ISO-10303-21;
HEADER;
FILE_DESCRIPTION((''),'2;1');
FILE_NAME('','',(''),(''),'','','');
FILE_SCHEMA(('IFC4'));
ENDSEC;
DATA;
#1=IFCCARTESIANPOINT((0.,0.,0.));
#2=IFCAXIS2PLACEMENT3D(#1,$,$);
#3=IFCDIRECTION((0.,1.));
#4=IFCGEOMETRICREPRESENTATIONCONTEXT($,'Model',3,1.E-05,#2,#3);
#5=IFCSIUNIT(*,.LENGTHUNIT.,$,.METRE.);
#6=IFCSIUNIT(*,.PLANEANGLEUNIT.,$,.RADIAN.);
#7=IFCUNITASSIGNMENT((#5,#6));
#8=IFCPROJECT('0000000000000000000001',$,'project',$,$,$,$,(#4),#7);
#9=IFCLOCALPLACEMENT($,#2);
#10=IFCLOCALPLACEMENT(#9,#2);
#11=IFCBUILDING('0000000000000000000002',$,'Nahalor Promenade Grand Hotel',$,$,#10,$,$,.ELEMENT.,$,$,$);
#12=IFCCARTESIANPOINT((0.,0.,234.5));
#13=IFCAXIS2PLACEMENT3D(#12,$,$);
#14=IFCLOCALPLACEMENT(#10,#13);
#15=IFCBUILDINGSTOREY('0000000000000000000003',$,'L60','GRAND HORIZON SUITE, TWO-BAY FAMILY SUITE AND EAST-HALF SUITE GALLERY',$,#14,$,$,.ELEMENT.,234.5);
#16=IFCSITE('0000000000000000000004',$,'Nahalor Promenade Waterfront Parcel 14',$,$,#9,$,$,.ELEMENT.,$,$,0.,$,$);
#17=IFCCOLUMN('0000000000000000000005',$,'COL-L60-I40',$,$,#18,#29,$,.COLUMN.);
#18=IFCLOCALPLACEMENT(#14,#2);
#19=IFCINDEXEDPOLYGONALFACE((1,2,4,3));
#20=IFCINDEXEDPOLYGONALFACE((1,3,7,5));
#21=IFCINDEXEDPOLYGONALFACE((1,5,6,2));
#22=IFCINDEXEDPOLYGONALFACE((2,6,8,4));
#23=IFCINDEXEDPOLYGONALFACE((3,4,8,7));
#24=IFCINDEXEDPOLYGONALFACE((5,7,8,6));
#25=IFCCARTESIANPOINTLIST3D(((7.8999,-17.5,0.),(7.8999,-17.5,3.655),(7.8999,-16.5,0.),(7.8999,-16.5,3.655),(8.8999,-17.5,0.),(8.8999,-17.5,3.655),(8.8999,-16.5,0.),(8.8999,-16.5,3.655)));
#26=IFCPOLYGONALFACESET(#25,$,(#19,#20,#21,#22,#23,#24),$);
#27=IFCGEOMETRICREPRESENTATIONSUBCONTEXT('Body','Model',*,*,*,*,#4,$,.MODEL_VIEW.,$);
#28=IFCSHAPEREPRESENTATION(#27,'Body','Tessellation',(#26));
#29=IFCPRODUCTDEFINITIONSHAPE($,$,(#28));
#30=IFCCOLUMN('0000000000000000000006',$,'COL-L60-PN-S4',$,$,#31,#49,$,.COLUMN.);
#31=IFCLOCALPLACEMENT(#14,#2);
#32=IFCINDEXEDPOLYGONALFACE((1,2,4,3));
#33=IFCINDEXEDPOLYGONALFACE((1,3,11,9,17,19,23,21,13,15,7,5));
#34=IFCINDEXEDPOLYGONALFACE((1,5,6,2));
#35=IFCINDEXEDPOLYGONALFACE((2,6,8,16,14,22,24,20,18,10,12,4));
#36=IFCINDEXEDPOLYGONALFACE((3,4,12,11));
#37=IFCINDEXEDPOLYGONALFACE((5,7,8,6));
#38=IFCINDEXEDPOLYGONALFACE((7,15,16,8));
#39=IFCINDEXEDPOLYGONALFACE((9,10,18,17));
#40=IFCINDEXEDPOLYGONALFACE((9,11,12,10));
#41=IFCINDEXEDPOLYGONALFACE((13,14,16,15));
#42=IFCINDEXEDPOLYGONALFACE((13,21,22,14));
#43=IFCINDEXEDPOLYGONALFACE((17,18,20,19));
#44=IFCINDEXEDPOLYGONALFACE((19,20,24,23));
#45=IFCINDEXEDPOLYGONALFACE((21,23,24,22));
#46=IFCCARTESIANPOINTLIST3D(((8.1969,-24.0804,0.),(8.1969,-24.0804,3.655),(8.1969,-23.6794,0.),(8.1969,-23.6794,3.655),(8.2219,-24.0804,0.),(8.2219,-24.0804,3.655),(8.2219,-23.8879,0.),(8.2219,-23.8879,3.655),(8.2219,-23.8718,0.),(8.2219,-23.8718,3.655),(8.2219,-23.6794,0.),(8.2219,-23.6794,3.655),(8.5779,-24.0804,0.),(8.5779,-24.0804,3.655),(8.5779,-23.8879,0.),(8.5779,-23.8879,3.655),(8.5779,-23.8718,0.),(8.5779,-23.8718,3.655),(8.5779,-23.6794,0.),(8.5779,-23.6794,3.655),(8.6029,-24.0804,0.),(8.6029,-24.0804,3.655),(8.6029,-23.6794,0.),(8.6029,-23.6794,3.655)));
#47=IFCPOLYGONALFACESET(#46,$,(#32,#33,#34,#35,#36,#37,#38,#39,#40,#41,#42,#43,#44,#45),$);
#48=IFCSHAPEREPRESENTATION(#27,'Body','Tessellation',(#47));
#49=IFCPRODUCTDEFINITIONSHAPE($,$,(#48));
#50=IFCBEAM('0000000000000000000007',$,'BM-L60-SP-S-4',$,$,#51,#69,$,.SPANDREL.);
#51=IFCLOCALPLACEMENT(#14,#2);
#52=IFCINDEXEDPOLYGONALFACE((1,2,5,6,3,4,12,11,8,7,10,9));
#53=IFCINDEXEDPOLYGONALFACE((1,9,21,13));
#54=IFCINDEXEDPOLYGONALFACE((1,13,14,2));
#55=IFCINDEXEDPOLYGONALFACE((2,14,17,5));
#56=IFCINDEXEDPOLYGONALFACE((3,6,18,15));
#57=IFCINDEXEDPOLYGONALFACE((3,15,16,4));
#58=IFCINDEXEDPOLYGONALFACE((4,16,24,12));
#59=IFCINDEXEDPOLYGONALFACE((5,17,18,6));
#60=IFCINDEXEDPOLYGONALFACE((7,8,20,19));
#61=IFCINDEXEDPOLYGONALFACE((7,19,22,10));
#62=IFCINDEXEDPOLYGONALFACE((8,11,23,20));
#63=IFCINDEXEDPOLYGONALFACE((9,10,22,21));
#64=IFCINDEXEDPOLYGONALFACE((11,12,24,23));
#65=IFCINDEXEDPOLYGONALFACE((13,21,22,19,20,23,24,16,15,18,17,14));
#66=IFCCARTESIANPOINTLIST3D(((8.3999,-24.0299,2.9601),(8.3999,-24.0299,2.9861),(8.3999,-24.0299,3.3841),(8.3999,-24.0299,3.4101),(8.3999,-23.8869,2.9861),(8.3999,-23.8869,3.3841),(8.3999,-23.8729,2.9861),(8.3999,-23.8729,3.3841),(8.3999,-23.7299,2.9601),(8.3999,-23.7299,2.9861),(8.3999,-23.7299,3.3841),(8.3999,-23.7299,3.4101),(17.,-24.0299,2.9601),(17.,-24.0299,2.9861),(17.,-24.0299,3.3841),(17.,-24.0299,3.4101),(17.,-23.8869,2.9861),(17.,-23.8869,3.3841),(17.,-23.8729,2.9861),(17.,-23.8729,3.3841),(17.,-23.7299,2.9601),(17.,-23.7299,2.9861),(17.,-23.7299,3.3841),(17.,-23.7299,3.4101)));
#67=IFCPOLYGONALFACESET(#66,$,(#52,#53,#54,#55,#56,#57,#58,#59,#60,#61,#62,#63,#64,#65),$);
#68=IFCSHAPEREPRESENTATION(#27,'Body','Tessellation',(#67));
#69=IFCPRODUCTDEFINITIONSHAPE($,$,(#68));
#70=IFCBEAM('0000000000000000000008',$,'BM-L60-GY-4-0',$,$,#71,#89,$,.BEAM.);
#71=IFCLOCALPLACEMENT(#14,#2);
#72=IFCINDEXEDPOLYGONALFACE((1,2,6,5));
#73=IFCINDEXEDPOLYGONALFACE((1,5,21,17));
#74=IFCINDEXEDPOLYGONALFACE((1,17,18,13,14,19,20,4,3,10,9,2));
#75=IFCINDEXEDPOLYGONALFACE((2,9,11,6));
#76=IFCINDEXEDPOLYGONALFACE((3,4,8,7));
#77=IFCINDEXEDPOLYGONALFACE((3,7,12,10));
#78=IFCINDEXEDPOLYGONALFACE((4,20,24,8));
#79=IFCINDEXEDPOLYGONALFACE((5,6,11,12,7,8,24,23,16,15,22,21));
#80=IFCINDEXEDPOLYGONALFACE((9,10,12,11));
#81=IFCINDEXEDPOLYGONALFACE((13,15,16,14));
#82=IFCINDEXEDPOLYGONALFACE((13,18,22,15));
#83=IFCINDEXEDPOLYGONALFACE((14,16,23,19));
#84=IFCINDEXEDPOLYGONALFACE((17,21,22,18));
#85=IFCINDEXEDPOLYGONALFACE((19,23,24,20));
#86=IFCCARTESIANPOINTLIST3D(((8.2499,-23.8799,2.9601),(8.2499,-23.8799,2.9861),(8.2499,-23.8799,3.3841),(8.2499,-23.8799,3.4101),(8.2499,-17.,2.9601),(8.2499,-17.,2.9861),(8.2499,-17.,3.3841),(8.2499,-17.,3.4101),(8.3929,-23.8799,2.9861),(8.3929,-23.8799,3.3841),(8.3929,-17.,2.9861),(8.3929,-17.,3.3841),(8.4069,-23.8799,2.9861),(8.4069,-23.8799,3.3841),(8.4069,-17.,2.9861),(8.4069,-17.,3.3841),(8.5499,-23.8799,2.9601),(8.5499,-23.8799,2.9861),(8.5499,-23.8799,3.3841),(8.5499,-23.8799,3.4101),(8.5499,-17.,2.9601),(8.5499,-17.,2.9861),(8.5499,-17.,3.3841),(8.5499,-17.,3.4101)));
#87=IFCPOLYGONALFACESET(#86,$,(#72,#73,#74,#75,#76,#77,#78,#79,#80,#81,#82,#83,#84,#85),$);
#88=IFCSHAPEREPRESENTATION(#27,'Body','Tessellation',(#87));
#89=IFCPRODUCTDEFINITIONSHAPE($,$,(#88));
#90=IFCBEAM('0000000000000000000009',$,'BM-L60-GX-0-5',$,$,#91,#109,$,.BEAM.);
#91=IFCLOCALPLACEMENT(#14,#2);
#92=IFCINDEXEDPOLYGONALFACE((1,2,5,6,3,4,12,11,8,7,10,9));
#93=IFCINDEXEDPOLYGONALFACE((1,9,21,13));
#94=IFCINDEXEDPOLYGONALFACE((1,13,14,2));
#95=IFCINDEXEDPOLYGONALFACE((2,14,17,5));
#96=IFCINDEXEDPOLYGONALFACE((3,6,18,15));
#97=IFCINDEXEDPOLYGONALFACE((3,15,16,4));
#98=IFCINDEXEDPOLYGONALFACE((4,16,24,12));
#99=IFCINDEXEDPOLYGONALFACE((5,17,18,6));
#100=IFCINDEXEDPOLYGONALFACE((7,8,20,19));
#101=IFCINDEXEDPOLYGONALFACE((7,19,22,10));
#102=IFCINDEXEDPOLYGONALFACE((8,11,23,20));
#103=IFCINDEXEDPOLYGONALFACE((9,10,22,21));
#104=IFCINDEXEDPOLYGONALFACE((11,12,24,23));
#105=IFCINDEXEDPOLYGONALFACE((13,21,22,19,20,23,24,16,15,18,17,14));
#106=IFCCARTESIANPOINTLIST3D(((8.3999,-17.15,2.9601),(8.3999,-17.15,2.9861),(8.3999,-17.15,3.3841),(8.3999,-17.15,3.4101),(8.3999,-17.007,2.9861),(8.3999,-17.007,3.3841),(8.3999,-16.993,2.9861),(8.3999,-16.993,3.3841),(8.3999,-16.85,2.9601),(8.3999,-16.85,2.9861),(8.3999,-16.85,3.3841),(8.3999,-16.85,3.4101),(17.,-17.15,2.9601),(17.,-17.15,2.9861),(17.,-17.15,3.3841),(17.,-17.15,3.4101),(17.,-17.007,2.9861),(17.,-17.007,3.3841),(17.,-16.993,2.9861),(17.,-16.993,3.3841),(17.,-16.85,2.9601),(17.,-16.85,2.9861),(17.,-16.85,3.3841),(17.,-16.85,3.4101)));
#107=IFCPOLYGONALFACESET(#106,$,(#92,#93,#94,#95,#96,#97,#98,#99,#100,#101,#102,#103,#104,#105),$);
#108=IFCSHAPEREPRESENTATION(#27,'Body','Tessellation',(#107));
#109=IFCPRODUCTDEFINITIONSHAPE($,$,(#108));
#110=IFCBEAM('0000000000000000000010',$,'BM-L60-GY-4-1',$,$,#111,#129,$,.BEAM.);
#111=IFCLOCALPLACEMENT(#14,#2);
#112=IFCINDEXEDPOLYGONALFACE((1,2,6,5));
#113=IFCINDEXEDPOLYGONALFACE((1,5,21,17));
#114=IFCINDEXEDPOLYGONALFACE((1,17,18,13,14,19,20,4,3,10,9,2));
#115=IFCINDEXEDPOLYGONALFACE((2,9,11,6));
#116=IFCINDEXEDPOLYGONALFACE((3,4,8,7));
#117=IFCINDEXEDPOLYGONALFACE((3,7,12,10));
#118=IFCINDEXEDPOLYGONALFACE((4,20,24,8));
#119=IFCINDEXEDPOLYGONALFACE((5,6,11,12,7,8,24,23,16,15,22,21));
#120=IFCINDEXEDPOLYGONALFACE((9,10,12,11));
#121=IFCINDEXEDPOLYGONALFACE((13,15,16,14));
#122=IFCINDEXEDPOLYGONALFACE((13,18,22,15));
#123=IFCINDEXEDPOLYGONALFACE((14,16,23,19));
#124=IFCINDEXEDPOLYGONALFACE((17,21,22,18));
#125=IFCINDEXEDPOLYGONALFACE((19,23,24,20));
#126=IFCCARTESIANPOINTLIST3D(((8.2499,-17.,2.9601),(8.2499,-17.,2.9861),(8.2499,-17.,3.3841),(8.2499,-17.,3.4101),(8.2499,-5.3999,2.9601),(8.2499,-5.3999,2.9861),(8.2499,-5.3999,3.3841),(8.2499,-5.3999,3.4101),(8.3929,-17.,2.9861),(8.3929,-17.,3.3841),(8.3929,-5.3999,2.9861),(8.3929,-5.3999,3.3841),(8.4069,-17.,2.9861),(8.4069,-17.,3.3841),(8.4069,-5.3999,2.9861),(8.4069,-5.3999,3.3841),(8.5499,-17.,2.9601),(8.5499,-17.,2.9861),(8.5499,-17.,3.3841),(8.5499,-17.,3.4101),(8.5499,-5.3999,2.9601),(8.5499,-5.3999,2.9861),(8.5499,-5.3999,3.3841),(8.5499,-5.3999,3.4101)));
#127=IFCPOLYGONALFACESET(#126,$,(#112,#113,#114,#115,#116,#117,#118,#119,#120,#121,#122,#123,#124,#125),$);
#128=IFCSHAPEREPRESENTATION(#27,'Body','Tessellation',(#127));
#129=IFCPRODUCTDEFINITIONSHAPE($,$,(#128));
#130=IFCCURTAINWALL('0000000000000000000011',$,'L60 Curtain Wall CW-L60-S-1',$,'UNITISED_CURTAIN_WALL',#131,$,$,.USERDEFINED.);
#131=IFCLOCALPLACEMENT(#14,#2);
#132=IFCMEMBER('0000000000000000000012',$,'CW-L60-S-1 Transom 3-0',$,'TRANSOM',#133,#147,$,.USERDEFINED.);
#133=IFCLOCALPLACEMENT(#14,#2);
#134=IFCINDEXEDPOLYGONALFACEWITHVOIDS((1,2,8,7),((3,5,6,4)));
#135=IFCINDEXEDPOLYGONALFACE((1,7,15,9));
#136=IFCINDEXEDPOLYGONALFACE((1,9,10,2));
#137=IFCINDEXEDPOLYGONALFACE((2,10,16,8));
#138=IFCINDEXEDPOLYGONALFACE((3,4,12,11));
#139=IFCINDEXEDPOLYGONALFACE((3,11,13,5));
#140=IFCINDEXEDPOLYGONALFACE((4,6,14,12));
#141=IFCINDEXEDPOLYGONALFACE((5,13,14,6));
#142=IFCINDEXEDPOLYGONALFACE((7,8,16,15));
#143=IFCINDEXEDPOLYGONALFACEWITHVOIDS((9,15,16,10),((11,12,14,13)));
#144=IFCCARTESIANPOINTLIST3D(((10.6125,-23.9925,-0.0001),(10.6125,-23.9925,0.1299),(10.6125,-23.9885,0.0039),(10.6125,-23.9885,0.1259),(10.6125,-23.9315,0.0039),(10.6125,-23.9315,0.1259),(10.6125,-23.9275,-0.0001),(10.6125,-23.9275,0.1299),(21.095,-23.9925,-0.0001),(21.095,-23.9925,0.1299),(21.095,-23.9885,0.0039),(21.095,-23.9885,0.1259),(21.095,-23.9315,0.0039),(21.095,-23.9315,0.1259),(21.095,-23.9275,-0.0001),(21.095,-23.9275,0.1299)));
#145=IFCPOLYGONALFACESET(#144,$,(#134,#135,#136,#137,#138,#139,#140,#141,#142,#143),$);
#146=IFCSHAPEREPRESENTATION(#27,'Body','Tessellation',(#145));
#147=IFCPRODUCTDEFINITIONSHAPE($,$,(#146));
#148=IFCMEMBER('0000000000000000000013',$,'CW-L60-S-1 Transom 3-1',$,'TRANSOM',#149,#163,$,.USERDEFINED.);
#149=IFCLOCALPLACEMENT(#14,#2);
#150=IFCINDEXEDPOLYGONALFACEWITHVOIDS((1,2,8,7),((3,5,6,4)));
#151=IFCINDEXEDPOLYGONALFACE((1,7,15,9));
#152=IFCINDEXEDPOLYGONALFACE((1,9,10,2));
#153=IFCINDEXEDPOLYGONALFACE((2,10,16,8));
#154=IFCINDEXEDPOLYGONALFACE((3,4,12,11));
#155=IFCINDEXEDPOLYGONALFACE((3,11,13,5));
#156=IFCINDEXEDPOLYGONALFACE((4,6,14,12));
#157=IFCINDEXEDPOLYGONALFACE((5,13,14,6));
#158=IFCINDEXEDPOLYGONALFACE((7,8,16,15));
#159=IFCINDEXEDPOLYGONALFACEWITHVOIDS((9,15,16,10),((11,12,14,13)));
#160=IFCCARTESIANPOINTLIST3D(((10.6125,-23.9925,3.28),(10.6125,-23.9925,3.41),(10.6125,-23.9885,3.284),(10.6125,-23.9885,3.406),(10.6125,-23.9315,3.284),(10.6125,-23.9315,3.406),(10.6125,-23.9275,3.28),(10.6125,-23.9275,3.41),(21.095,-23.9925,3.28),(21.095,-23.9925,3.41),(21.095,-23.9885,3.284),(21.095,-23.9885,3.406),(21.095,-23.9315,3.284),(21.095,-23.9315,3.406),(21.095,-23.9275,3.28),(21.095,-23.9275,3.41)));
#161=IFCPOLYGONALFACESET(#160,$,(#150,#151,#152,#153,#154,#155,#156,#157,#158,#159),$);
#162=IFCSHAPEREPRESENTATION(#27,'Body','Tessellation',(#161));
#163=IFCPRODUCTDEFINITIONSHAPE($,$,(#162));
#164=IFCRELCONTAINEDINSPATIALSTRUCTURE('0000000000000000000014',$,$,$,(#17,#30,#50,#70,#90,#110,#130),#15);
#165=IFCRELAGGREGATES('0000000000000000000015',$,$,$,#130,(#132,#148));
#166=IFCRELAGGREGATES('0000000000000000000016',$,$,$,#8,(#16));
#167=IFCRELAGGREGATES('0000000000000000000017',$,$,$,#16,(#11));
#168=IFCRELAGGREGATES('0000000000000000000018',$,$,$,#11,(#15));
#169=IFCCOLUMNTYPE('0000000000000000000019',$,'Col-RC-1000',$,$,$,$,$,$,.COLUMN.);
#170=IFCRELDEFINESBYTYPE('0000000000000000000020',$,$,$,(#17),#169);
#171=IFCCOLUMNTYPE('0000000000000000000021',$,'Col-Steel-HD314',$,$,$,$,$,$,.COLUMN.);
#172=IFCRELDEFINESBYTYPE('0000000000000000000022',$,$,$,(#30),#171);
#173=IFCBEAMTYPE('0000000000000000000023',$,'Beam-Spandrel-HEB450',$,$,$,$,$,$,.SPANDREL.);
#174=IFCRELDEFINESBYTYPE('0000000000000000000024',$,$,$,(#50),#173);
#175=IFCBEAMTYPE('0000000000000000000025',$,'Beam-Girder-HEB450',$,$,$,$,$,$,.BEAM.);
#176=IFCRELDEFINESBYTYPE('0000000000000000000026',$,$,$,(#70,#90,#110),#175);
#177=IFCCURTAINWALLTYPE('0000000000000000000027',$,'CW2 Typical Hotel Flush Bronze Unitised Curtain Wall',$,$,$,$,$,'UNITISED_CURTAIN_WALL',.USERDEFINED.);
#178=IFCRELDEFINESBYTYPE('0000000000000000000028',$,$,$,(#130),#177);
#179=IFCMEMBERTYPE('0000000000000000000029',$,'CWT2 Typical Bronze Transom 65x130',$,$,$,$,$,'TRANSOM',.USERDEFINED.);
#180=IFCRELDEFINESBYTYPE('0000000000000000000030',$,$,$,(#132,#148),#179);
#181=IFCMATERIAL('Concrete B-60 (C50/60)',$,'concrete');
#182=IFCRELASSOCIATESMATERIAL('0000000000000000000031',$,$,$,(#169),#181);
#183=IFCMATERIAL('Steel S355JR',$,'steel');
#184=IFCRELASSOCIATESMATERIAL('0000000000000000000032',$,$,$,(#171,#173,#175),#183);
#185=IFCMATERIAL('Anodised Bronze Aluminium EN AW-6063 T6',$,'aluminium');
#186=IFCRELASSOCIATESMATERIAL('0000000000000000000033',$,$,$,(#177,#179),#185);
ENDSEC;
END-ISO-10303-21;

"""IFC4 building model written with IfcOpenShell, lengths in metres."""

from ifc_helpers import new_model, si_unit, direction, frame, origin, origin_2d, place, context, subcontext, project, spatial, rectangle, hollow_rectangle, i_section, extrude, source, transform, mapped, material, material_profile, profile_set, type_object, element, aggregate, save


model = new_model("IFC4")

# Units and contexts
model_context = context("Model", 3, precision=1e-05, world=origin(), true_north=direction((0.0, 1.0)))
body_context = subcontext(model_context, "Body", "Model", "MODEL_VIEW")
ifc_project = project(units=[si_unit("LENGTHUNIT", "METRE"), si_unit("PLANEANGLEUNIT", "RADIAN")], contexts=[model_context])

# Site, building, storey
site_placement = place(None, origin())
site = spatial("IfcSite", under=ifc_project, at=site_placement, Name="Nahalor Promenade Waterfront Parcel 14", CompositionType="ELEMENT", RefElevation=0.0)
building_placement = place(site_placement, origin())
building = spatial("IfcBuilding", under=site, at=building_placement, Name="Nahalor Promenade Grand Hotel", CompositionType="ELEMENT")
storey_placement = place(building_placement, frame((0.0, 0.0, 234.5)))
storey = spatial("IfcBuildingStorey", under=building, at=storey_placement, Name="L60", Description="GRAND HORIZON SUITE, TWO-BAY FAMILY SUITE AND EAST-HALF SUITE GALLERY", CompositionType="ELEMENT", Elevation=234.5)

# Columns
ifc_material_1 = material(Name="Concrete B-60 (C50/60)", Category="concrete")
ifc_material_profile_1 = material_profile(ifc_material_1, rectangle(XDim=1.0, YDim=1.0, at=origin_2d()), Name="RC 1000x1000")
ifc_profile_set_1 = profile_set([ifc_material_profile_1], Name="Concrete B-60 (C50/60)")
column_type_1 = type_object("IfcColumnType", Name="Col-RC-1000", PredefinedType="COLUMN", material=ifc_profile_set_1)
shared_shape_1 = source(origin(), body_context, "Body", "SweptSolid", [
    extrude(rectangle(XDim=1.0, YDim=1.0, at=origin_2d()), origin(), (0.0, 0.0, 1.0), 3.655),
])
column_1_placement = place(storey_placement, frame((8.3999, -17.0, 0.0), z_axis=(0.0, 0.0, 1.0), x_axis=(1.0, 0.0, 0.0)))
element("IfcColumn", 1, at=column_1_placement, inside=storey, type_object=column_type_1, Name="COL-L60-I40", PredefinedType="COLUMN", context=body_context, shape_type="MappedRepresentation", body=[
    mapped(shared_shape_1, transform((0.0, 0.0, 0.0), scale=1.0)),
])
ifc_material_2 = material(Name="Steel S355JR", Category="steel")
ifc_material_profile_2 = material_profile(ifc_material_2, i_section(OverallWidth=0.401, OverallDepth=0.406, WebThickness=0.0161, FlangeThickness=0.025, at=origin_2d()), Name="HD 400x314")
ifc_profile_set_2 = profile_set([ifc_material_profile_2], Name="Steel S355JR")
column_type_2 = type_object("IfcColumnType", Name="Col-Steel-HD314", PredefinedType="COLUMN", material=ifc_profile_set_2)
shared_shape_2 = source(origin(), body_context, "Body", "SweptSolid", [
    extrude(i_section(OverallWidth=0.401, OverallDepth=0.406, WebThickness=0.0161, FlangeThickness=0.025, at=origin_2d()), origin(), (0.0, 0.0, 1.0), 3.655),
])
column_2_placement = place(storey_placement, frame((8.3999, -23.8799, 0.0), z_axis=(0.0, 0.0, 1.0), x_axis=(0.0, 1.0, 0.0)))
element("IfcColumn", 2, at=column_2_placement, inside=storey, type_object=column_type_2, Name="COL-L60-PN-S4", PredefinedType="COLUMN", context=body_context, shape_type="MappedRepresentation", body=[
    mapped(shared_shape_2, transform((0.0, 0.0, 0.0), scale=1.0)),
])

# Beams
ifc_material_profile_3 = material_profile(ifc_material_2, i_section(OverallWidth=0.3, OverallDepth=0.45, WebThickness=0.014, FlangeThickness=0.026, at=origin_2d()), Name="HEB 450")
ifc_profile_set_3 = profile_set([ifc_material_profile_3], Name="Steel S355JR")
beam_type_1 = type_object("IfcBeamType", Name="Beam-Spandrel-HEB450", PredefinedType="SPANDREL", material=ifc_profile_set_3)
shared_shape_3 = source(origin(), body_context, "Body", "SweptSolid", [
    extrude(i_section(OverallWidth=0.3, OverallDepth=0.45, WebThickness=0.014, FlangeThickness=0.026, at=origin_2d()), origin(), (0.0, 0.0, 1.0), 8.6001),
])
beam_1_placement = place(storey_placement, frame((8.3999, -23.8799, 3.1851), z_axis=(1.0, 0.0, 0.0), x_axis=(0.0, 1.0, 0.0)))
element("IfcBeam", 3, at=beam_1_placement, inside=storey, type_object=beam_type_1, Name="BM-L60-SP-S-4", PredefinedType="SPANDREL", context=body_context, shape_type="MappedRepresentation", body=[
    mapped(shared_shape_3, transform((0.0, 0.0, 0.0), scale=1.0)),
])
ifc_material_profile_4 = material_profile(ifc_material_2, i_section(OverallWidth=0.3, OverallDepth=0.45, WebThickness=0.014, FlangeThickness=0.026, at=origin_2d()), Name="HEB 450")
ifc_profile_set_4 = profile_set([ifc_material_profile_4], Name="Steel S355JR")
beam_type_2 = type_object("IfcBeamType", Name="Beam-Girder-HEB450", PredefinedType="BEAM", material=ifc_profile_set_4)
shared_shape_4 = source(origin(), body_context, "Body", "SweptSolid", [
    extrude(i_section(OverallWidth=0.3, OverallDepth=0.45, WebThickness=0.014, FlangeThickness=0.026, at=origin_2d()), origin(), (0.0, 0.0, 1.0), 6.8799),
])
beam_2_placement = place(storey_placement, frame((8.3999, -23.8799, 3.1851), z_axis=(0.0, 1.0, 0.0), x_axis=(-1.0, 0.0, 0.0)))
element("IfcBeam", 4, at=beam_2_placement, inside=storey, type_object=beam_type_2, Name="BM-L60-GY-4-0", PredefinedType="BEAM", context=body_context, shape_type="MappedRepresentation", body=[
    mapped(shared_shape_4, transform((0.0, 0.0, 0.0), scale=1.0)),
])
shared_shape_5 = source(origin(), body_context, "Body", "SweptSolid", [
    extrude(i_section(OverallWidth=0.3, OverallDepth=0.45, WebThickness=0.014, FlangeThickness=0.026, at=origin_2d()), origin(), (0.0, 0.0, 1.0), 8.6001),
])
beam_3_placement = place(storey_placement, frame((8.3999, -17.0, 3.1851), z_axis=(1.0, 0.0, 0.0), x_axis=(0.0, 1.0, 0.0)))
element("IfcBeam", 5, at=beam_3_placement, inside=storey, type_object=beam_type_2, Name="BM-L60-GX-0-5", PredefinedType="BEAM", context=body_context, shape_type="MappedRepresentation", body=[
    mapped(shared_shape_5, transform((0.0, 0.0, 0.0), scale=1.0)),
])
shared_shape_6 = source(origin(), body_context, "Body", "SweptSolid", [
    extrude(i_section(OverallWidth=0.3, OverallDepth=0.45, WebThickness=0.014, FlangeThickness=0.026, at=origin_2d()), origin(), (0.0, 0.0, 1.0), 11.6001),
])
beam_4_placement = place(storey_placement, frame((8.3999, -17.0, 3.1851), z_axis=(0.0, 1.0, 0.0), x_axis=(-1.0, 0.0, 0.0)))
element("IfcBeam", 6, at=beam_4_placement, inside=storey, type_object=beam_type_2, Name="BM-L60-GY-4-1", PredefinedType="BEAM", context=body_context, shape_type="MappedRepresentation", body=[
    mapped(shared_shape_6, transform((0.0, 0.0, 0.0), scale=1.0)),
])

# Curtain wall, members
ifc_material_3 = material(Name="Anodised Bronze Aluminium EN AW-6063 T6", Category="aluminium")
curtain_wall_type = type_object("IfcCurtainWallType", Name="CW2 Typical Hotel Flush Bronze Unitised Curtain Wall", ElementType="UNITISED_CURTAIN_WALL", PredefinedType="USERDEFINED", material=ifc_material_3)
curtain_wall_placement = place(storey_placement, origin())
curtain_wall = element("IfcCurtainWall", 7, at=curtain_wall_placement, inside=storey, type_object=curtain_wall_type, Name="L60 Curtain Wall CW-L60-S-1", ObjectType="UNITISED_CURTAIN_WALL", PredefinedType="USERDEFINED")
ifc_material_profile_5 = material_profile(ifc_material_3, hollow_rectangle(XDim=0.065, YDim=0.13, WallThickness=0.004, at=origin_2d()), Name="CWT 65x130x4")
ifc_profile_set_5 = profile_set([ifc_material_profile_5], Name="Anodised Bronze Aluminium EN AW-6063 T6")
member_type_1 = type_object("IfcMemberType", Name="CWT2 Typical Bronze Transom 65x130", ElementType="TRANSOM", PredefinedType="USERDEFINED", material=ifc_profile_set_5)
shared_shape_7 = source(origin(), body_context, "Body", "SweptSolid", [
    extrude(hollow_rectangle(XDim=0.065, YDim=0.13, WallThickness=0.004, at=origin_2d()), origin(), (0.0, 0.0, 1.0), 10.4824),
])
member_1_placement = place(storey_placement, frame((10.6125, -23.96, 0.0649), z_axis=(1.0, 0.0, 0.0), x_axis=(0.0, 1.0, 0.0)))
member_1 = element("IfcMember", 8, at=member_1_placement, type_object=member_type_1, Name="CW-L60-S-1 Transom 3-0", ObjectType="TRANSOM", PredefinedType="USERDEFINED", context=body_context, shape_type="MappedRepresentation", body=[
    mapped(shared_shape_7, transform((0.0, 0.0, 0.0), scale=1.0)),
])
member_2_placement = place(storey_placement, frame((10.6125, -23.96, 3.345), z_axis=(1.0, 0.0, 0.0), x_axis=(0.0, 1.0, 0.0)))
member_2 = element("IfcMember", 9, at=member_2_placement, type_object=member_type_1, Name="CW-L60-S-1 Transom 3-1", ObjectType="TRANSOM", PredefinedType="USERDEFINED", context=body_context, shape_type="MappedRepresentation", body=[
    mapped(shared_shape_7, transform((0.0, 0.0, 0.0), scale=1.0)),
])
aggregate(curtain_wall, [member_1, member_2])

save(model, "model.ifc")
